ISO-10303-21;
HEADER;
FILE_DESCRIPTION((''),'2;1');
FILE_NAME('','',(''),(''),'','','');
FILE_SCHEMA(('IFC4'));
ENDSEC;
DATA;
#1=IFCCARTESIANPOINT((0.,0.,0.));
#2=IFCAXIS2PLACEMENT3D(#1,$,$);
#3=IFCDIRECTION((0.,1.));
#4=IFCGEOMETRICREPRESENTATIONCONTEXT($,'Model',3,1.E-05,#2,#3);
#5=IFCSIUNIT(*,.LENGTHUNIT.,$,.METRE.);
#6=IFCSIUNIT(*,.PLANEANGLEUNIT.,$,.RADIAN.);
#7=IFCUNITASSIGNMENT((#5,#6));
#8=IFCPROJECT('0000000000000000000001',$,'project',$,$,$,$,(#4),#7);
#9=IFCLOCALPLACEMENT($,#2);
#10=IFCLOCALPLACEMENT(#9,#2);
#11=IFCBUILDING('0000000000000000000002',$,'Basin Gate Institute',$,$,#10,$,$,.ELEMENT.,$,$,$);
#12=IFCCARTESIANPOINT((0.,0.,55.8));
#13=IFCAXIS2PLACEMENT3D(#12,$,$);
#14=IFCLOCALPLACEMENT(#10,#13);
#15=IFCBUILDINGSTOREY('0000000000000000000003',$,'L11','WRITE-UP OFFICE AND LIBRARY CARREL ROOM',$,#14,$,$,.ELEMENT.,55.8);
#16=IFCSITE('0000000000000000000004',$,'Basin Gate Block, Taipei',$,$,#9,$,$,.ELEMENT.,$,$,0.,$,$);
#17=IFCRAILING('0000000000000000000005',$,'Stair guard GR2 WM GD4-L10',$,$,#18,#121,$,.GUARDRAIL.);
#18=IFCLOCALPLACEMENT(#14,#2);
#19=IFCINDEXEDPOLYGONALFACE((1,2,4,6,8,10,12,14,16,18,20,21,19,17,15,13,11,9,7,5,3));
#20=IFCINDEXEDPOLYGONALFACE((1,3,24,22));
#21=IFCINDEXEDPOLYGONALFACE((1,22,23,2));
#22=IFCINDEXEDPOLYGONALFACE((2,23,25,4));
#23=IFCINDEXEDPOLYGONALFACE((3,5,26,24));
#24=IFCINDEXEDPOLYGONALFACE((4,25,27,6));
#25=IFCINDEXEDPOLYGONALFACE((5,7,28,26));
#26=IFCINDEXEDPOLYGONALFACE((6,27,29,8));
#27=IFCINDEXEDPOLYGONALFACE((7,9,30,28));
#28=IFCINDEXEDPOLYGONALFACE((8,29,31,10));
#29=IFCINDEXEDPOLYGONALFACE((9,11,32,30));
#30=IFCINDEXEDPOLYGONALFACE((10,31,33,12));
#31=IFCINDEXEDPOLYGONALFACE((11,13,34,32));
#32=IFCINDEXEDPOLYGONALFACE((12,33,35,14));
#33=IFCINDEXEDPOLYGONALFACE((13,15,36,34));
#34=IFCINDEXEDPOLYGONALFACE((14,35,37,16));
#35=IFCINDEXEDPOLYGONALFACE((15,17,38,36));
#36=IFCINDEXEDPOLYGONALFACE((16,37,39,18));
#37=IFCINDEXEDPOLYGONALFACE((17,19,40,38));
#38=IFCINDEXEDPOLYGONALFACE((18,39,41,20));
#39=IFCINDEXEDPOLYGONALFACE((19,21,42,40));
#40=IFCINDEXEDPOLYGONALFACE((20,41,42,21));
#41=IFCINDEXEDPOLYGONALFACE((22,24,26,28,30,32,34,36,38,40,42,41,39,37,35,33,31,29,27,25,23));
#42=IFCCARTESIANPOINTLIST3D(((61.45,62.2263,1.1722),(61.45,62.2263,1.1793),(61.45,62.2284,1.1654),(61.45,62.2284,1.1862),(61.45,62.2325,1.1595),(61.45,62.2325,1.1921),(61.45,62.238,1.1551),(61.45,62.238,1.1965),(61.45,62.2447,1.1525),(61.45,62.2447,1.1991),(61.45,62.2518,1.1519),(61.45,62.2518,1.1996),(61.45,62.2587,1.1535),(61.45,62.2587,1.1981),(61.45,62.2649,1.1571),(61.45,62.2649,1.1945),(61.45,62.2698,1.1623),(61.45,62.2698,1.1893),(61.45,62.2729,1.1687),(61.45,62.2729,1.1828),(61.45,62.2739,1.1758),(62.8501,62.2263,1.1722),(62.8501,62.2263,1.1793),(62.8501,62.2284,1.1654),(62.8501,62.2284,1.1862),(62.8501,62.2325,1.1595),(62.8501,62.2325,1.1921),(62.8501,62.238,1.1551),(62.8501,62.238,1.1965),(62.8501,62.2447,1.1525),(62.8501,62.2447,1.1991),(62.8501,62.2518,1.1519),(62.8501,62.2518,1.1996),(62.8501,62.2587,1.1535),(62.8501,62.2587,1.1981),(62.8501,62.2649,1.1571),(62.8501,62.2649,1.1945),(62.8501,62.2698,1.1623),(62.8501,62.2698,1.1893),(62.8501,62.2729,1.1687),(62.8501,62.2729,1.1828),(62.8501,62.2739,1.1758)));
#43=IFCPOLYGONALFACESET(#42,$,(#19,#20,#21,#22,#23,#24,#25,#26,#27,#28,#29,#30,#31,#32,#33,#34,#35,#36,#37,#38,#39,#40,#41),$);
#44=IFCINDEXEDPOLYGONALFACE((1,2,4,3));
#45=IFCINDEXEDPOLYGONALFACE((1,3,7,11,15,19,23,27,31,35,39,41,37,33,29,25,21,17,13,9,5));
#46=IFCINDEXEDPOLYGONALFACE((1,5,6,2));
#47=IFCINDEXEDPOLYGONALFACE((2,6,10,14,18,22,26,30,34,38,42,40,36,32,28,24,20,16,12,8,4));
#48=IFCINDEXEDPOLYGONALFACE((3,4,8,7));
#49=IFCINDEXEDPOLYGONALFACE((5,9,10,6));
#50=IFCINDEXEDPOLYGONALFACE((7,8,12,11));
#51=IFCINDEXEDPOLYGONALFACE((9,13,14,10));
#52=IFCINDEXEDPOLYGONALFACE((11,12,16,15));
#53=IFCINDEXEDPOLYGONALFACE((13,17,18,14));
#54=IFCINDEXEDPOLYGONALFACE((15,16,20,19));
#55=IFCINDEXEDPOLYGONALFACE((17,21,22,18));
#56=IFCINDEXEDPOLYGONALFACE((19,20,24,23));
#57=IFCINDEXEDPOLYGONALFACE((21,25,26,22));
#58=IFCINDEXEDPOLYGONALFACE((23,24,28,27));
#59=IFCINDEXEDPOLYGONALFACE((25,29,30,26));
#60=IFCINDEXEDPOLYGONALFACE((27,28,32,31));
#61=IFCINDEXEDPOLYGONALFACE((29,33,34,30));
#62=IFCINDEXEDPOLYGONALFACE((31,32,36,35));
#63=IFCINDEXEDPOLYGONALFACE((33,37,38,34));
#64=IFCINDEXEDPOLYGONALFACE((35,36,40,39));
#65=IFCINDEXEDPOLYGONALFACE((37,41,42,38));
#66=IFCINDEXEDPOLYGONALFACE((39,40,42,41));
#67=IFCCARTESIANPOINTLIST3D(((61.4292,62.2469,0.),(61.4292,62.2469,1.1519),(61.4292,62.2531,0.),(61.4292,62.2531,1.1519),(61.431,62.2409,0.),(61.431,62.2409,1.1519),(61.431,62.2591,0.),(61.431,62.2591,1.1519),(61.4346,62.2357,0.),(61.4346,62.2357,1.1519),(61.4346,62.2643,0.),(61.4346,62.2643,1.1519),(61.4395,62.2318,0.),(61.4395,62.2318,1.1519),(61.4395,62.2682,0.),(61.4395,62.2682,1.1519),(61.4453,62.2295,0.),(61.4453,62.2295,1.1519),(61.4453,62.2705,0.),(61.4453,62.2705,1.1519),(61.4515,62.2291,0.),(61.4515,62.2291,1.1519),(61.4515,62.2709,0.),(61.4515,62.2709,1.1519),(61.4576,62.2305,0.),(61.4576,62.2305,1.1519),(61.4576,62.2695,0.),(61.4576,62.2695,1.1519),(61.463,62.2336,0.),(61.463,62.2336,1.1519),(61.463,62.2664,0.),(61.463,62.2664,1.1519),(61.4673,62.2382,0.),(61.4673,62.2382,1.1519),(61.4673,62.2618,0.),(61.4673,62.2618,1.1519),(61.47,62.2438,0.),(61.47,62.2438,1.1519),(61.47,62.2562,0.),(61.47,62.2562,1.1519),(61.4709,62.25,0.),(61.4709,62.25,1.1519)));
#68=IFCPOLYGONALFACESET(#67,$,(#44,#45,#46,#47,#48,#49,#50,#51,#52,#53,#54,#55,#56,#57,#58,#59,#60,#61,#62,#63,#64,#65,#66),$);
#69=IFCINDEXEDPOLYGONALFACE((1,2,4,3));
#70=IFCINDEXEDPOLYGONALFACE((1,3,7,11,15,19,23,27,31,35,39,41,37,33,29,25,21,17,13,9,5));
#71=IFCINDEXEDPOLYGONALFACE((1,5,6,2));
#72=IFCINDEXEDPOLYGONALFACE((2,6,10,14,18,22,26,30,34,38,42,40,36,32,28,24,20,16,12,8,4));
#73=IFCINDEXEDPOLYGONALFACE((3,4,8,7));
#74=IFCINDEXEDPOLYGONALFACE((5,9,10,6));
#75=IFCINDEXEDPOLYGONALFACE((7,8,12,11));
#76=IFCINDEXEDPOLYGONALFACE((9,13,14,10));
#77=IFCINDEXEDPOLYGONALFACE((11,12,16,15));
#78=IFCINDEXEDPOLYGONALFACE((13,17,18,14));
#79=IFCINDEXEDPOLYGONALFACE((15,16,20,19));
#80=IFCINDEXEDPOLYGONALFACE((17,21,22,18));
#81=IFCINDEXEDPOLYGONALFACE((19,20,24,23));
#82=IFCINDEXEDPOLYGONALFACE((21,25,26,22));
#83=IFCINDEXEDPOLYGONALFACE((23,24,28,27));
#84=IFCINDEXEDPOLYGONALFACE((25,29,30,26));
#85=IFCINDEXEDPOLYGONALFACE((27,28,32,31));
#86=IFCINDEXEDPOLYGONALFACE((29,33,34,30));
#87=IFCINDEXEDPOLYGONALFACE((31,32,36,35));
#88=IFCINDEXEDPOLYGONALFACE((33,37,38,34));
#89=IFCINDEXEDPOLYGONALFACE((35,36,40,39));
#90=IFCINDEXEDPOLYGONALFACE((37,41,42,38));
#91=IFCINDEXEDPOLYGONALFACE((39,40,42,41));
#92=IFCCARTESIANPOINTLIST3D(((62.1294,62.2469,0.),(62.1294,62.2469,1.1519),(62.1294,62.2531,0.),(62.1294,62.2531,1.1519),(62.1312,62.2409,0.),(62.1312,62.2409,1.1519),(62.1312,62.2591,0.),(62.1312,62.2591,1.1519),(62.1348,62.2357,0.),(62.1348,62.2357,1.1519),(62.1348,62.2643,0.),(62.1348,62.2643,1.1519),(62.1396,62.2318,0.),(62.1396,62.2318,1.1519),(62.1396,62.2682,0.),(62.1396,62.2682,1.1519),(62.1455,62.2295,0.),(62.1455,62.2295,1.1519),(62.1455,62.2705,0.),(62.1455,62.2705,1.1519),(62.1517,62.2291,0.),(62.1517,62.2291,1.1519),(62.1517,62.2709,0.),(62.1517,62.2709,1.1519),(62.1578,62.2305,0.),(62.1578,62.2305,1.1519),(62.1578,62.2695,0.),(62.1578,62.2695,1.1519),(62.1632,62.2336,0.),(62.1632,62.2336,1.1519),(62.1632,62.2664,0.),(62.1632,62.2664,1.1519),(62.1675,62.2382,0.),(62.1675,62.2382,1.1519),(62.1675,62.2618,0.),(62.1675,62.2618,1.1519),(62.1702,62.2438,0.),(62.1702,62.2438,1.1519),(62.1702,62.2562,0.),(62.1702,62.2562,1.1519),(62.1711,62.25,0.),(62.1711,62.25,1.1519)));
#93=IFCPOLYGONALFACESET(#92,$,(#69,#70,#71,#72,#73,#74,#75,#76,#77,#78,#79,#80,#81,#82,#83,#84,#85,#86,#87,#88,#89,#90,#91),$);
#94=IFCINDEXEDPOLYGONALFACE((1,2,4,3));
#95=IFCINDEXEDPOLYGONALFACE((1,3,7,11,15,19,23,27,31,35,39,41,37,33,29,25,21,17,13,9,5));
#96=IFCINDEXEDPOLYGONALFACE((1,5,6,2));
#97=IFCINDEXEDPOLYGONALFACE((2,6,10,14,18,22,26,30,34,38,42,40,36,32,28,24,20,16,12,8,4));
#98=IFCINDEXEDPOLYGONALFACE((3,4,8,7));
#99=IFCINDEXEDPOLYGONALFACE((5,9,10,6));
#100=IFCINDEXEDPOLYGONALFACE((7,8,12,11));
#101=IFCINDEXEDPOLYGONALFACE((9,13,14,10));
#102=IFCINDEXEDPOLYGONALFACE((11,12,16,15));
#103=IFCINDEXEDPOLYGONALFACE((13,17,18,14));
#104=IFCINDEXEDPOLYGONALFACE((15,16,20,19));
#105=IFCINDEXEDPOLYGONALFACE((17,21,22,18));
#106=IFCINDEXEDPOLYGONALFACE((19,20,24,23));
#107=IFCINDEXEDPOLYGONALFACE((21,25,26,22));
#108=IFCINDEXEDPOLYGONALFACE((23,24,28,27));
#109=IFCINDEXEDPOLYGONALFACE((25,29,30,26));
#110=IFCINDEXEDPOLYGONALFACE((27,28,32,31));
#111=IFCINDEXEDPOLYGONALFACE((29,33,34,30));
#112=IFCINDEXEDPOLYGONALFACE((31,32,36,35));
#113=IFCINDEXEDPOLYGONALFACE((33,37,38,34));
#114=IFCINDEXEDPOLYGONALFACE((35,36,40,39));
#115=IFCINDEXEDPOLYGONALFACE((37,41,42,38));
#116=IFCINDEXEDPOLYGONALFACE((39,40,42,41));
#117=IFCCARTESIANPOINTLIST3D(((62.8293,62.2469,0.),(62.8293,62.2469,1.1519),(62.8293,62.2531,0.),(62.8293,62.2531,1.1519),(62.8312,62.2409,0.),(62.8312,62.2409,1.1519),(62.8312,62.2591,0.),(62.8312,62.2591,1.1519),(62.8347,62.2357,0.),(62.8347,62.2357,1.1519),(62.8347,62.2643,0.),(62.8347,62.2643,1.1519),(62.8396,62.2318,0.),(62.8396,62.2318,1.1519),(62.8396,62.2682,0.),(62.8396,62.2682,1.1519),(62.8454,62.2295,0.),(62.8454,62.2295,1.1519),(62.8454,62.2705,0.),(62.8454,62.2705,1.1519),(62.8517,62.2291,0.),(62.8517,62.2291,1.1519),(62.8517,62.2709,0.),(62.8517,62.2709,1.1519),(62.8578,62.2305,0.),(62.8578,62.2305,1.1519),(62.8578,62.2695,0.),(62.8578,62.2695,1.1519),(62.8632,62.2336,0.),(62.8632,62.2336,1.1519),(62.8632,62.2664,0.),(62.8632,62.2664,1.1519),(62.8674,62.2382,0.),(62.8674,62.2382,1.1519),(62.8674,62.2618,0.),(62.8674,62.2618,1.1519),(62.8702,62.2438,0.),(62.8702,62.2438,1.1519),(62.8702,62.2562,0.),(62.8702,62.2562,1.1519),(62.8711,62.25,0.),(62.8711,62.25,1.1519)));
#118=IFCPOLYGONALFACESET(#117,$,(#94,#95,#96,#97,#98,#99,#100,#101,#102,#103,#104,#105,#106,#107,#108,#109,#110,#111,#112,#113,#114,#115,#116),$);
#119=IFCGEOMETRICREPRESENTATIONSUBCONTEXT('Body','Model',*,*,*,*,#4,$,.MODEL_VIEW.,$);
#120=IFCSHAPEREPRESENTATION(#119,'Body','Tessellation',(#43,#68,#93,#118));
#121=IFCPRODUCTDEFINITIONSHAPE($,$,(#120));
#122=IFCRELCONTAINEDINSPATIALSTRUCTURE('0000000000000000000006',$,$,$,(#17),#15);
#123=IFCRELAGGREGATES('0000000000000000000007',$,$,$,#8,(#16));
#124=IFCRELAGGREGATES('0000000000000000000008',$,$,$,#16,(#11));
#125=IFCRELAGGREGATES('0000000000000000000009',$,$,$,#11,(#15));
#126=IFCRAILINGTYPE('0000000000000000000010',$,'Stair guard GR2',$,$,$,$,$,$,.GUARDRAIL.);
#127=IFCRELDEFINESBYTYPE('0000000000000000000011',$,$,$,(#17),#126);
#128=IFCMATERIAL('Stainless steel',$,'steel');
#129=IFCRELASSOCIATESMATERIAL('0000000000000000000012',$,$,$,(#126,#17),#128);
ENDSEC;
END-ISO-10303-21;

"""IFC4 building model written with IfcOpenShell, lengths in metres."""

from ifc_helpers import new_model, si_unit, direction, frame, origin, origin_2d, place, context, subcontext, project, spatial, circle, extrude, material, type_object, element, save


model = new_model("IFC4")

# Units and contexts
model_context = context("Model", 3, precision=1e-05, world=origin(), true_north=direction((0.0, 1.0)))
body_context = subcontext(model_context, "Body", "Model", "MODEL_VIEW")
ifc_project = project(units=[si_unit("LENGTHUNIT", "METRE"), si_unit("PLANEANGLEUNIT", "RADIAN")], contexts=[model_context])

# Site, building, storey
site_placement = place(None, origin())
site = spatial("IfcSite", under=ifc_project, at=site_placement, Name="Basin Gate Block, Taipei", CompositionType="ELEMENT", RefElevation=0.0)
building_placement = place(site_placement, origin())
building = spatial("IfcBuilding", under=site, at=building_placement, Name="Basin Gate Institute", CompositionType="ELEMENT")
storey_placement = place(building_placement, frame((0.0, 0.0, 55.8)))
storey = spatial("IfcBuildingStorey", under=building, at=storey_placement, Name="L11", Description="WRITE-UP OFFICE AND LIBRARY CARREL ROOM", CompositionType="ELEMENT", Elevation=55.8)

# Railing
ifc_material_1 = material(Name="Stainless steel", Category="steel")
railing_type_1 = type_object("IfcRailingType", Name="Stair guard GR2", PredefinedType="GUARDRAIL", material=ifc_material_1)
railing_1_placement = place(storey_placement, frame((61.45, 62.25, 0.0)))
element("IfcRailing", 1, at=railing_1_placement, inside=storey, type_object=railing_type_1, material=ifc_material_1, Name="Stair guard GR2 WM GD4-L10", PredefinedType="GUARDRAIL", context=body_context, shape_type="SweptSolid", body=[
    extrude(circle(Radius=0.0239, at=origin_2d()), frame((0.0, 0.0, 1.1758), z_axis=(1.0, 0.0, 0.0), x_axis=(0.0, 1.0, 0.0)), (0.0, 0.0, 1.0), 1.4001),
    extrude(circle(Radius=0.021, at=origin_2d()), origin(), (0.0, 0.0, 1.0), 1.1519),
    extrude(circle(Radius=0.021, at=origin_2d()), frame((0.7002, 0.0, 0.0)), (0.0, 0.0, 1.0), 1.1519),
    extrude(circle(Radius=0.021, at=origin_2d()), frame((1.4001, 0.0, 0.0)), (0.0, 0.0, 1.0), 1.1519),
])

save(model, "model.ifc")
